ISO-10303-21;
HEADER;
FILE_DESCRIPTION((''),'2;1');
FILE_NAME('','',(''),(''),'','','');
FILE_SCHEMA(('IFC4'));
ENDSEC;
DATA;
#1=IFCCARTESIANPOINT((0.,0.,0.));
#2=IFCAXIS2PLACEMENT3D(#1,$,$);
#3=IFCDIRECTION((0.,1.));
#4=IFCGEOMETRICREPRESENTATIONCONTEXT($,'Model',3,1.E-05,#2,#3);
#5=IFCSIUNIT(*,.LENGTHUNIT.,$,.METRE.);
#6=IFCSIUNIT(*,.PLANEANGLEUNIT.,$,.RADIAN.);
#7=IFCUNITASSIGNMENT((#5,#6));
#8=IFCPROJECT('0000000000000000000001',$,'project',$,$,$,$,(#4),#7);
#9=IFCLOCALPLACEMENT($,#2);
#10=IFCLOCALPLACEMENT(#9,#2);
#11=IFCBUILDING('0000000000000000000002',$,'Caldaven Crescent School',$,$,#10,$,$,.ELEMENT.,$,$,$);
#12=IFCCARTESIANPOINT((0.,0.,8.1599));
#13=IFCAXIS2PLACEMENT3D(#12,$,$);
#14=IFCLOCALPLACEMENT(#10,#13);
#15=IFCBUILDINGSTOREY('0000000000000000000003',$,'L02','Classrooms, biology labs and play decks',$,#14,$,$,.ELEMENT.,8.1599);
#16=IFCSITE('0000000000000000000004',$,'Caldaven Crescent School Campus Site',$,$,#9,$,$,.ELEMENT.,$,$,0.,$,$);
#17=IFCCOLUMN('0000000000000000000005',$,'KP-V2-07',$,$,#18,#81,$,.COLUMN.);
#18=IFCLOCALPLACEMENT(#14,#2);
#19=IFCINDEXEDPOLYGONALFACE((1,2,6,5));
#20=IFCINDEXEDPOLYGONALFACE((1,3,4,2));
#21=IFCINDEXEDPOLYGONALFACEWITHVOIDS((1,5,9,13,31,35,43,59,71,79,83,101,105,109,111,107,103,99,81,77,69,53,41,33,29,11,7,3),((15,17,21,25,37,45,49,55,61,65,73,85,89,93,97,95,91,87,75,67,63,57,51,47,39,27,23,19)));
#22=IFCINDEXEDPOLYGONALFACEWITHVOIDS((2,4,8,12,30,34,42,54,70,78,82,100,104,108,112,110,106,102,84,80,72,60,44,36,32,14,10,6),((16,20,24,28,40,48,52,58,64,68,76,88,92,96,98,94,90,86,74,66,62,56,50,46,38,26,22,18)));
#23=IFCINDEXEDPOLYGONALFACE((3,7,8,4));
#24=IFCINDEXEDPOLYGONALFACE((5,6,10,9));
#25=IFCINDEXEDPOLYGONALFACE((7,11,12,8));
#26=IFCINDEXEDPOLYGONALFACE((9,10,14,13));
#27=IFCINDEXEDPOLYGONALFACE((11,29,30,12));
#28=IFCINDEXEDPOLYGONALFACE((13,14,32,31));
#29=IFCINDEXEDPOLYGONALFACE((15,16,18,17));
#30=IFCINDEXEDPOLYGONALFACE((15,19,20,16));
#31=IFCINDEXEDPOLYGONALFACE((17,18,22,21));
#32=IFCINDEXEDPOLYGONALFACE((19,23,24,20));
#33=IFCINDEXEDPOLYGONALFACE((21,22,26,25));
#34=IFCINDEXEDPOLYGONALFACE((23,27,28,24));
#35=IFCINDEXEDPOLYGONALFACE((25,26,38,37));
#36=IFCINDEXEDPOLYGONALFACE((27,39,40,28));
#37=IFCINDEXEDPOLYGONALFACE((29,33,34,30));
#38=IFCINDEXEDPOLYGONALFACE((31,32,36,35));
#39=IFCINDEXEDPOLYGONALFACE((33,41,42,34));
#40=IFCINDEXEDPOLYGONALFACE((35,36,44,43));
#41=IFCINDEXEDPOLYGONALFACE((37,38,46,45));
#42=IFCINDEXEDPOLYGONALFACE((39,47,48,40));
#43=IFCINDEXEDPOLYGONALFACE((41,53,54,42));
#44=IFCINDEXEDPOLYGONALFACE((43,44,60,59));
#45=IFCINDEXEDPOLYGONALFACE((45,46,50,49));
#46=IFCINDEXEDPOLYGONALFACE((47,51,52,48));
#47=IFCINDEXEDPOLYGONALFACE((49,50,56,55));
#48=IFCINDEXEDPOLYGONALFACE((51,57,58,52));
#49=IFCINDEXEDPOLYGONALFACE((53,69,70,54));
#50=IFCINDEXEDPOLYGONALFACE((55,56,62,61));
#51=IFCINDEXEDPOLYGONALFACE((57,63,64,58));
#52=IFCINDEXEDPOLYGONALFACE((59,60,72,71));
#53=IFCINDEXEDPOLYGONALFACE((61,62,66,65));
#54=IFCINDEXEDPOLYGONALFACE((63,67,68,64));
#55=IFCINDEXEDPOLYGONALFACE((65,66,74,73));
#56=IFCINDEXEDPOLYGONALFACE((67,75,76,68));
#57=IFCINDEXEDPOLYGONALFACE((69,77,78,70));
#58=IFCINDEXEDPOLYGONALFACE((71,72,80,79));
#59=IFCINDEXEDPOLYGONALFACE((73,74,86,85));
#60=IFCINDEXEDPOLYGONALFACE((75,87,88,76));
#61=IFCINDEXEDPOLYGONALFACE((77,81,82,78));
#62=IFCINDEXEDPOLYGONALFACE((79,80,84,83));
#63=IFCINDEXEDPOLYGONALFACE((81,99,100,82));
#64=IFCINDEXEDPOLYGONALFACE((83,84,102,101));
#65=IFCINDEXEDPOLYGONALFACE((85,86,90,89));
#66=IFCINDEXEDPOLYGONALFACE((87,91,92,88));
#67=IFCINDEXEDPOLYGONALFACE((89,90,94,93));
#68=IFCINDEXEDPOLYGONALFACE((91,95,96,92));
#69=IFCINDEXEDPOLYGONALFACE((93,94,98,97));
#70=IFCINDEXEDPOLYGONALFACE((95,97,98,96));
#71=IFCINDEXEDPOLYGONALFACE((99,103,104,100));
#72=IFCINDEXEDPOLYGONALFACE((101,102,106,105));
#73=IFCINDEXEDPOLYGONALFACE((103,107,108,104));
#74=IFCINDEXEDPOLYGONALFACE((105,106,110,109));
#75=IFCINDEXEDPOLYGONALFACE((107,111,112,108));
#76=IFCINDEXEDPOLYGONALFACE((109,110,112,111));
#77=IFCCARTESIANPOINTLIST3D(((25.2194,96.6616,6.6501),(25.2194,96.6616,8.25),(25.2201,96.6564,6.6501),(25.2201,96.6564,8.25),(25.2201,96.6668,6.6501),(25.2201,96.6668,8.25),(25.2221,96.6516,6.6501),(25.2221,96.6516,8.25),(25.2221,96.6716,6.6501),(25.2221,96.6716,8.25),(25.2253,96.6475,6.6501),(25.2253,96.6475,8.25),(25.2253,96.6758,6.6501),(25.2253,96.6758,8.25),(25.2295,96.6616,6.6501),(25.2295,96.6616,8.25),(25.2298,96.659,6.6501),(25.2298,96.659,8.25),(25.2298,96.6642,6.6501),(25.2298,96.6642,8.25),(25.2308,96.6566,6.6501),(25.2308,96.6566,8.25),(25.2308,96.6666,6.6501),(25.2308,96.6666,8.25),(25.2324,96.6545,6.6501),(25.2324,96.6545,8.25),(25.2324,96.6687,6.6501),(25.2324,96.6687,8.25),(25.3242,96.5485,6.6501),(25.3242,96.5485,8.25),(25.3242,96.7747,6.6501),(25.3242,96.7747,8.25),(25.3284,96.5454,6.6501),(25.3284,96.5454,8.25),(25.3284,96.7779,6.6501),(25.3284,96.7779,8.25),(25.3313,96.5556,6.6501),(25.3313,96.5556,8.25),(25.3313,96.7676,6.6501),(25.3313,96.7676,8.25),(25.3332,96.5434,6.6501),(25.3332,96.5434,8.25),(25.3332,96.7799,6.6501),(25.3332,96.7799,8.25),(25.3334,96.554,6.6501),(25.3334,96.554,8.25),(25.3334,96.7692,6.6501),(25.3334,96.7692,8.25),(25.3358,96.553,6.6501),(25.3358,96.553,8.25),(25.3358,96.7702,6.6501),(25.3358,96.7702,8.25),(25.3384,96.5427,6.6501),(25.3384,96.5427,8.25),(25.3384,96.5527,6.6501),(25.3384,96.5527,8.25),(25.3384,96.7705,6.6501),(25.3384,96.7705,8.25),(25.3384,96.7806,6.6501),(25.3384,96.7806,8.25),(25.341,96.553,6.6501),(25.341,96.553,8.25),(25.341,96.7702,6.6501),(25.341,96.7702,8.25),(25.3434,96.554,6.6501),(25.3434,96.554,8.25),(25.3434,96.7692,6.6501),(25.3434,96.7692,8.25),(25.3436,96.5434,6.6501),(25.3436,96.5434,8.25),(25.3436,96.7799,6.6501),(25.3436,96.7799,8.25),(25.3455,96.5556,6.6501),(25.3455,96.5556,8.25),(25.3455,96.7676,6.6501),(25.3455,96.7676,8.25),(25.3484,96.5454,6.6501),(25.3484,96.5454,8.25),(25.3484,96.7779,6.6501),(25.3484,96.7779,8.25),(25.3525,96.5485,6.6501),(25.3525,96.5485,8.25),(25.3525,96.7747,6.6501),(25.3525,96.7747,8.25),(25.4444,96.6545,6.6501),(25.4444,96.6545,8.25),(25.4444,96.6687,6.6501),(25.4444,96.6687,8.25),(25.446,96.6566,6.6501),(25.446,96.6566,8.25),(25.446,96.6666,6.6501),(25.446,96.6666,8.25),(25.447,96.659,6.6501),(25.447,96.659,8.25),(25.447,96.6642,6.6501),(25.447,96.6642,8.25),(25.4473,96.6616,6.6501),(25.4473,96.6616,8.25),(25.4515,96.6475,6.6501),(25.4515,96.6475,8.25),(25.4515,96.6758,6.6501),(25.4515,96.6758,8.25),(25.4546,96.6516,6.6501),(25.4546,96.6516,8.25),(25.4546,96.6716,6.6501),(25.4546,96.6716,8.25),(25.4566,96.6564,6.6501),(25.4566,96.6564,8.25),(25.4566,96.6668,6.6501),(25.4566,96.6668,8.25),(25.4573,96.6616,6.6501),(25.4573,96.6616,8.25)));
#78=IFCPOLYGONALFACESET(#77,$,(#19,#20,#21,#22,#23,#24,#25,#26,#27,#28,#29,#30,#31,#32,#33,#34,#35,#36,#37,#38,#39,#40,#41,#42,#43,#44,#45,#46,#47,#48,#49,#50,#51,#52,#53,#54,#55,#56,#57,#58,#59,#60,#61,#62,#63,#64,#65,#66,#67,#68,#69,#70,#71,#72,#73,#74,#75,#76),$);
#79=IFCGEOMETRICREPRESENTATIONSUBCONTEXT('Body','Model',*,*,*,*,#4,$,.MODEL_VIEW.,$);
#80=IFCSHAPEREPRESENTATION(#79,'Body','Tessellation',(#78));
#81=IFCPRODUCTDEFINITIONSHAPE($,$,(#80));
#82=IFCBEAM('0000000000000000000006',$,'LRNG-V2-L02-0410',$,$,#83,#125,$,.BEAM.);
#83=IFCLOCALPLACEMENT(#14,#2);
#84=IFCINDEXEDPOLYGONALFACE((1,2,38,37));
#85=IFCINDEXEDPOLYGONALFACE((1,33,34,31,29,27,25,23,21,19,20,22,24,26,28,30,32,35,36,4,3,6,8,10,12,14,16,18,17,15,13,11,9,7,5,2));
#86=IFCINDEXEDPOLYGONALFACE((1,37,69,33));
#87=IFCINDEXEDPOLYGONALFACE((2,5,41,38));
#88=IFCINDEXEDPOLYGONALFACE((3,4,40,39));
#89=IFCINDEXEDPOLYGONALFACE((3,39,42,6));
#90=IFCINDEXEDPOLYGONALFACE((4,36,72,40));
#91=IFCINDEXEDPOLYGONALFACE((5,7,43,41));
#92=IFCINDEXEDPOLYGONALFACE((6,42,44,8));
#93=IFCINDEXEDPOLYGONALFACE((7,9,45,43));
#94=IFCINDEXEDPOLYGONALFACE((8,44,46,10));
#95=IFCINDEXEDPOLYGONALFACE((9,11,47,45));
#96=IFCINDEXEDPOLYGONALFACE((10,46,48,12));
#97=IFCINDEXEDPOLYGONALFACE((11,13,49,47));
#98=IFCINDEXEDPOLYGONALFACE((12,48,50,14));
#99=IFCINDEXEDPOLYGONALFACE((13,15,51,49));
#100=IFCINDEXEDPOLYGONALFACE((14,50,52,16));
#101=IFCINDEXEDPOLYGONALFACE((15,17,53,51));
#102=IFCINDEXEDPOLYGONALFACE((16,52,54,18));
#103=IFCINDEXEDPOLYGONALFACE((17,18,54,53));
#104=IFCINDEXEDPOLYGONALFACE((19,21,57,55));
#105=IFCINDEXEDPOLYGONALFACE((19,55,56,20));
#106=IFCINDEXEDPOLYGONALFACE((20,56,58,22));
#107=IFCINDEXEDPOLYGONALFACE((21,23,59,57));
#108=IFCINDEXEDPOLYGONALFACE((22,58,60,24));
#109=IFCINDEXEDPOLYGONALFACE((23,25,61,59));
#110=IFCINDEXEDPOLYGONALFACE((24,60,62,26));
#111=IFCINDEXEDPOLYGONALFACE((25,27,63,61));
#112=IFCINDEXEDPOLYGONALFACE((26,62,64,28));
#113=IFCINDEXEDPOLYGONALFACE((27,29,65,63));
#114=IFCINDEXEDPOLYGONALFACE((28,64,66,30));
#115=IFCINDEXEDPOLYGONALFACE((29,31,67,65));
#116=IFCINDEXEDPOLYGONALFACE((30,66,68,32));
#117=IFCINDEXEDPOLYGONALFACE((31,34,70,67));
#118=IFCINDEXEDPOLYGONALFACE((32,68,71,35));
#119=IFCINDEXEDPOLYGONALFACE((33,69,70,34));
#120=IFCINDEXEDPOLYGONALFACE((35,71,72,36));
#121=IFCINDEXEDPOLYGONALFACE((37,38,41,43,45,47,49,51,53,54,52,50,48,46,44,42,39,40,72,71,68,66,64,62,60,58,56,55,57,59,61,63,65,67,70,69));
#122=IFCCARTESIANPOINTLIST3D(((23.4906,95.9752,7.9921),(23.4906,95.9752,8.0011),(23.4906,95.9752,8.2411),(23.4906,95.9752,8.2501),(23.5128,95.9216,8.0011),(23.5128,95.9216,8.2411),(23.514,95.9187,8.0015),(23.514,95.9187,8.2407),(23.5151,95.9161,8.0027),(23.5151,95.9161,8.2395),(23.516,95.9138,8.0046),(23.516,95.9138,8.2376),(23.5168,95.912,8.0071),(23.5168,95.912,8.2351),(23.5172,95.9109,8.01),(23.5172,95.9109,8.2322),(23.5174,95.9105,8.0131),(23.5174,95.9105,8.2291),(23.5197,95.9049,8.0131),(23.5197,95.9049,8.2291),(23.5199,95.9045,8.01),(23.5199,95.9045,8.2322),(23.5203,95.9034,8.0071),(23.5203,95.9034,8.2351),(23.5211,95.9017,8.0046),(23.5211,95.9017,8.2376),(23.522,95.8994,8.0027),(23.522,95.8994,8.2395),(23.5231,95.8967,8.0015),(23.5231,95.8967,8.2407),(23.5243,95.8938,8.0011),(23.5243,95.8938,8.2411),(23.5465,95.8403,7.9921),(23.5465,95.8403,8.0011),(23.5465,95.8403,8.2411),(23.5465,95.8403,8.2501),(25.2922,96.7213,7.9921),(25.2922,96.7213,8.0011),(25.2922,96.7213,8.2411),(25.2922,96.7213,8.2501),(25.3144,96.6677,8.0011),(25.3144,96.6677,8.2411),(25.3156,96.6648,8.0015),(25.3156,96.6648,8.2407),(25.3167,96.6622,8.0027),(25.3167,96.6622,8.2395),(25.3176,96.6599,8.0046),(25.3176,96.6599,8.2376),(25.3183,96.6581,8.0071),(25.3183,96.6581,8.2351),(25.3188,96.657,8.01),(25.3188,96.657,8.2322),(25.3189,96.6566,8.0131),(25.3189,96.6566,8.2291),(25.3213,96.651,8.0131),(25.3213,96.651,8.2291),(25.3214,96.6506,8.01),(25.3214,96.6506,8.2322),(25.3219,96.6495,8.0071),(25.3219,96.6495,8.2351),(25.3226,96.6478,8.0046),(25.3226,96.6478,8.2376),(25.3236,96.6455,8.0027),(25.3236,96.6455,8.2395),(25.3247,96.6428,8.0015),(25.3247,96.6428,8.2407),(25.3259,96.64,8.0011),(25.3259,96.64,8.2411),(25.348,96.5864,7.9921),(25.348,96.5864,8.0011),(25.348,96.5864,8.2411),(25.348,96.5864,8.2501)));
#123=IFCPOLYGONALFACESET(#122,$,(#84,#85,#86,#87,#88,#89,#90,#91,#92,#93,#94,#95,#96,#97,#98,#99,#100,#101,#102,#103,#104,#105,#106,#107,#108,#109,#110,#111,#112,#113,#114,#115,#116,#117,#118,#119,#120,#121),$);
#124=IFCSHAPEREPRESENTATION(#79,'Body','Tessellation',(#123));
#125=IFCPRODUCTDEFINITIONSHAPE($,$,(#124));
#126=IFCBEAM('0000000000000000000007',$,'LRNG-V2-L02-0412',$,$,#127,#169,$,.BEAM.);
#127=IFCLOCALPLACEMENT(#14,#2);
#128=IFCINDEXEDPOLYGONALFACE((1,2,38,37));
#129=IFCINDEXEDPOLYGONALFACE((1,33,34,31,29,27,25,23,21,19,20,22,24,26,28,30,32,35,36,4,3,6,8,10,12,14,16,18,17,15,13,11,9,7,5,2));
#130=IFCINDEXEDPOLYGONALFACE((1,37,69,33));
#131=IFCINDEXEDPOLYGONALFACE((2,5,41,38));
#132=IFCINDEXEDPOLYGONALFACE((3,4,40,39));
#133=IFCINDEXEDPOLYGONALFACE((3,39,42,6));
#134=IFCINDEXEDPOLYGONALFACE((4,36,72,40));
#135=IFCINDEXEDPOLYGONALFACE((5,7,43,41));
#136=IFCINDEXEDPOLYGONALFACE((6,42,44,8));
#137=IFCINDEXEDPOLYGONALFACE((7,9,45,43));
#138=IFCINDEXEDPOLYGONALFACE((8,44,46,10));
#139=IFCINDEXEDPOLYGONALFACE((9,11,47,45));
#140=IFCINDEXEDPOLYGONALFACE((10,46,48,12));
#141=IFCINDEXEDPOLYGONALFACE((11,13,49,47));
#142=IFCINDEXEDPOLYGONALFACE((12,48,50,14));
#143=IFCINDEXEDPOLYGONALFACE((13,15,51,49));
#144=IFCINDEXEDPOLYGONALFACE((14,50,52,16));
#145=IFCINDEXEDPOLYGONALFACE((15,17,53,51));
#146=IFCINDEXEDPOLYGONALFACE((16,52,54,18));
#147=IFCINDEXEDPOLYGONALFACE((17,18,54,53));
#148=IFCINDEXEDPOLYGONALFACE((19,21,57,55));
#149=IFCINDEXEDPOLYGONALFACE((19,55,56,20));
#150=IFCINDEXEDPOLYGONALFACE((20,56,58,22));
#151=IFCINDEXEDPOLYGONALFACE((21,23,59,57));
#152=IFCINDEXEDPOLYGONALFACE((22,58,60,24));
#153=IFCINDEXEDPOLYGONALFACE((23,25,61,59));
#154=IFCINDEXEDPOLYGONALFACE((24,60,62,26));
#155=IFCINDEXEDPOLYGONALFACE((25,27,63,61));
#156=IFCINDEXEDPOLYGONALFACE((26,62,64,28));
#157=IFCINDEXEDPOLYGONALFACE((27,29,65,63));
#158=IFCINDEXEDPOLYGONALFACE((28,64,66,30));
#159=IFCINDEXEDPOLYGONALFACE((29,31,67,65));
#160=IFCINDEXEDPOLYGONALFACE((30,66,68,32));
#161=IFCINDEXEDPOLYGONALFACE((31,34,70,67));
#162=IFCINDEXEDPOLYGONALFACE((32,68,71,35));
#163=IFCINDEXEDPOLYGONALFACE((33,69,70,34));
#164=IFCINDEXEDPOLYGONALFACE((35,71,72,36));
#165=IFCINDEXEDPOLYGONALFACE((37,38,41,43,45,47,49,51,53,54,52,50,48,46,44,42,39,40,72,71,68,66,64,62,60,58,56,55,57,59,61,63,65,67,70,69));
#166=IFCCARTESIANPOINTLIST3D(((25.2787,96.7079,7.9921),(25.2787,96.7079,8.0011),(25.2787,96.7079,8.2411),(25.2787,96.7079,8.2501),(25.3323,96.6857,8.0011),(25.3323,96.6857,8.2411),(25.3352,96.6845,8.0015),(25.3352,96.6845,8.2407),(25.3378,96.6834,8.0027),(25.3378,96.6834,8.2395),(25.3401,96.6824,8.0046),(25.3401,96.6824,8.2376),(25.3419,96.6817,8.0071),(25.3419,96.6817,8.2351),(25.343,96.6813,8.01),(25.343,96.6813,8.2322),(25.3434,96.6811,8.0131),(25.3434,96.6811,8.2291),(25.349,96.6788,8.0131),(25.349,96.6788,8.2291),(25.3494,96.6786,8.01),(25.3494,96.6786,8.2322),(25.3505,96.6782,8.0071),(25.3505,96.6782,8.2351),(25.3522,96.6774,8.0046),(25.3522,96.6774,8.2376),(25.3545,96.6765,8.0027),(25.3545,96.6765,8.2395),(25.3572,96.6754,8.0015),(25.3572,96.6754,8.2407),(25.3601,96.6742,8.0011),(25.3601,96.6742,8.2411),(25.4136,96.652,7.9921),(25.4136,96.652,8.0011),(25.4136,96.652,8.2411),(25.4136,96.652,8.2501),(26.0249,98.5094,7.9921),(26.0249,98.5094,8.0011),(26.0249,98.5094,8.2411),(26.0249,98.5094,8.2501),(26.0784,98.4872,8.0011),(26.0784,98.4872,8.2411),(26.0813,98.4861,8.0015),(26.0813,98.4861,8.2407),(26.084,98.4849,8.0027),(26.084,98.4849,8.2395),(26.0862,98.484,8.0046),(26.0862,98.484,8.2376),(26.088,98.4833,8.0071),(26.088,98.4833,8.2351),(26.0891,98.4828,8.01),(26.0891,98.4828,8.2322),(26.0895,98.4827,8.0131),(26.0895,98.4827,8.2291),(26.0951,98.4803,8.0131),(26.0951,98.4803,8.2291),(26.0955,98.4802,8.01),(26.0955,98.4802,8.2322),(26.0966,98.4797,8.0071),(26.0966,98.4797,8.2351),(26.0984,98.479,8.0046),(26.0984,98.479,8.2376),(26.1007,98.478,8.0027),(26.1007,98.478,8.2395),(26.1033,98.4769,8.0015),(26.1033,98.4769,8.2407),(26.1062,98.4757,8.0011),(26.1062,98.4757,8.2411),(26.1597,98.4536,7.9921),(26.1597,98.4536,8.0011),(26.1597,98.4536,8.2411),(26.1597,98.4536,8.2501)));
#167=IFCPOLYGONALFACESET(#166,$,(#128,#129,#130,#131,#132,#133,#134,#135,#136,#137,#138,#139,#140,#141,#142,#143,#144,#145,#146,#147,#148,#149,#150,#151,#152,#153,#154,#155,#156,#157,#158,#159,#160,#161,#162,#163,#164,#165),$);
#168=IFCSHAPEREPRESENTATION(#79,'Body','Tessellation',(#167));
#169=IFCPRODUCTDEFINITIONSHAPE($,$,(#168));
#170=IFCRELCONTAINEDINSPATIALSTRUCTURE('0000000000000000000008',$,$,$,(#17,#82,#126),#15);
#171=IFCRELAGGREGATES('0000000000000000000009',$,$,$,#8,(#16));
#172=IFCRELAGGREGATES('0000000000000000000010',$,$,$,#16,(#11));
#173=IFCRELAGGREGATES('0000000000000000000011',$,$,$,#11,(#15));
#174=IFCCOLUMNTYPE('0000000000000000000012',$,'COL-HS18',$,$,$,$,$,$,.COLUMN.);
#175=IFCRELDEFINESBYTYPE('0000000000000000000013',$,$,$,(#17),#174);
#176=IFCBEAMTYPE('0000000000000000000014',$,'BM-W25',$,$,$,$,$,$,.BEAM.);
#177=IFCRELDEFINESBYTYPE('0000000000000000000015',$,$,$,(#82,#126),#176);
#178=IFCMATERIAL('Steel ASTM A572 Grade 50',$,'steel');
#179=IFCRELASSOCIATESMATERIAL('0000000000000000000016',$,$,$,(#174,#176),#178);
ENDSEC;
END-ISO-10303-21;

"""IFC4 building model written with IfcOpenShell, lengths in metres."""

from ifc_helpers import new_model, si_unit, direction, frame, origin, origin_2d, place, context, subcontext, project, spatial, hollow_rectangle, i_section, extrude, material, material_profile, profile_set, type_object, element, save


model = new_model("IFC4")

# Units and contexts
model_context = context("Model", 3, precision=1e-05, world=origin(), true_north=direction((0.0, 1.0)))
body_context = subcontext(model_context, "Body", "Model", "MODEL_VIEW")
ifc_project = project(units=[si_unit("LENGTHUNIT", "METRE"), si_unit("PLANEANGLEUNIT", "RADIAN")], contexts=[model_context])

# Site, building, storey
site_placement = place(None, origin())
site = spatial("IfcSite", under=ifc_project, at=site_placement, Name="Caldaven Crescent School Campus Site", CompositionType="ELEMENT", RefElevation=0.0)
building_placement = place(site_placement, origin())
building = spatial("IfcBuilding", under=site, at=building_placement, Name="Caldaven Crescent School", CompositionType="ELEMENT")
storey_placement = place(building_placement, frame((0.0, 0.0, 8.1599)))
storey = spatial("IfcBuildingStorey", under=building, at=storey_placement, Name="L02", Description="Classrooms, biology labs and play decks", CompositionType="ELEMENT", Elevation=8.1599)

# Column
ifc_material_1 = material(Name="Steel ASTM A572 Grade 50", Category="steel")
ifc_material_profile_1 = material_profile(ifc_material_1, hollow_rectangle(XDim=0.1799, YDim=0.1799, WallThickness=0.01, InnerFilletRadius=0.01, OuterFilletRadius=0.02, at=origin_2d()), Name="HSS 180x180x10")
ifc_profile_set_1 = profile_set([ifc_material_profile_1], Name="Steel ASTM A572 Grade 50")
column_type = type_object("IfcColumnType", Name="COL-HS18", PredefinedType="COLUMN", material=ifc_profile_set_1)
column_placement = place(storey_placement, frame((25.3384, 96.6616, 6.6501), z_axis=(0.0, 0.0, 1.0), x_axis=(0.707107, -0.707107, 0.0)))
element("IfcColumn", 1, at=column_placement, inside=storey, type_object=column_type, Name="KP-V2-07", PredefinedType="COLUMN", context=body_context, shape_type="SweptSolid", body=[
    extrude(hollow_rectangle(XDim=0.1799, YDim=0.1799, WallThickness=0.01, InnerFilletRadius=0.01, OuterFilletRadius=0.02, at=origin_2d()), origin(), (0.0, 0.0, 1.0), 1.5999),
])

# Beams
ifc_material_profile_2 = material_profile(ifc_material_1, i_section(OverallWidth=0.146, OverallDepth=0.2581, WebThickness=0.0061, FlangeThickness=0.009, FilletRadius=0.012, at=origin_2d()), Name="W250x33")
ifc_profile_set_2 = profile_set([ifc_material_profile_2], Name="Steel ASTM A572 Grade 50")
beam_type_1 = type_object("IfcBeamType", Name="BM-W25", PredefinedType="BEAM", material=ifc_profile_set_2)
for number, where, z_axis, x_axis, name in (
    (2, (23.5186, 95.9077, 8.1211), (0.923901, 0.382632, 0.0), (-0.382632, 0.923901, 0.0), "LRNG-V2-L02-0410"),
    (3, (25.3462, 96.6799, 8.1211), (0.382632, 0.923901, 0.0), (-0.923901, 0.382632, 0.0), "LRNG-V2-L02-0412"),
):
    element("IfcBeam", number, at=place(storey_placement, frame(where, z_axis=z_axis, x_axis=x_axis)), inside=storey, type_object=beam_type_1, Name=name, PredefinedType="BEAM", context=body_context, shape_type="SweptSolid", body=[
        extrude(i_section(OverallWidth=0.146, OverallDepth=0.2581, WebThickness=0.0061, FlangeThickness=0.009, FilletRadius=0.012, at=origin_2d()), origin(), (0.0, 0.0, 1.0), 1.95),
    ])

save(model, "model.ifc")
